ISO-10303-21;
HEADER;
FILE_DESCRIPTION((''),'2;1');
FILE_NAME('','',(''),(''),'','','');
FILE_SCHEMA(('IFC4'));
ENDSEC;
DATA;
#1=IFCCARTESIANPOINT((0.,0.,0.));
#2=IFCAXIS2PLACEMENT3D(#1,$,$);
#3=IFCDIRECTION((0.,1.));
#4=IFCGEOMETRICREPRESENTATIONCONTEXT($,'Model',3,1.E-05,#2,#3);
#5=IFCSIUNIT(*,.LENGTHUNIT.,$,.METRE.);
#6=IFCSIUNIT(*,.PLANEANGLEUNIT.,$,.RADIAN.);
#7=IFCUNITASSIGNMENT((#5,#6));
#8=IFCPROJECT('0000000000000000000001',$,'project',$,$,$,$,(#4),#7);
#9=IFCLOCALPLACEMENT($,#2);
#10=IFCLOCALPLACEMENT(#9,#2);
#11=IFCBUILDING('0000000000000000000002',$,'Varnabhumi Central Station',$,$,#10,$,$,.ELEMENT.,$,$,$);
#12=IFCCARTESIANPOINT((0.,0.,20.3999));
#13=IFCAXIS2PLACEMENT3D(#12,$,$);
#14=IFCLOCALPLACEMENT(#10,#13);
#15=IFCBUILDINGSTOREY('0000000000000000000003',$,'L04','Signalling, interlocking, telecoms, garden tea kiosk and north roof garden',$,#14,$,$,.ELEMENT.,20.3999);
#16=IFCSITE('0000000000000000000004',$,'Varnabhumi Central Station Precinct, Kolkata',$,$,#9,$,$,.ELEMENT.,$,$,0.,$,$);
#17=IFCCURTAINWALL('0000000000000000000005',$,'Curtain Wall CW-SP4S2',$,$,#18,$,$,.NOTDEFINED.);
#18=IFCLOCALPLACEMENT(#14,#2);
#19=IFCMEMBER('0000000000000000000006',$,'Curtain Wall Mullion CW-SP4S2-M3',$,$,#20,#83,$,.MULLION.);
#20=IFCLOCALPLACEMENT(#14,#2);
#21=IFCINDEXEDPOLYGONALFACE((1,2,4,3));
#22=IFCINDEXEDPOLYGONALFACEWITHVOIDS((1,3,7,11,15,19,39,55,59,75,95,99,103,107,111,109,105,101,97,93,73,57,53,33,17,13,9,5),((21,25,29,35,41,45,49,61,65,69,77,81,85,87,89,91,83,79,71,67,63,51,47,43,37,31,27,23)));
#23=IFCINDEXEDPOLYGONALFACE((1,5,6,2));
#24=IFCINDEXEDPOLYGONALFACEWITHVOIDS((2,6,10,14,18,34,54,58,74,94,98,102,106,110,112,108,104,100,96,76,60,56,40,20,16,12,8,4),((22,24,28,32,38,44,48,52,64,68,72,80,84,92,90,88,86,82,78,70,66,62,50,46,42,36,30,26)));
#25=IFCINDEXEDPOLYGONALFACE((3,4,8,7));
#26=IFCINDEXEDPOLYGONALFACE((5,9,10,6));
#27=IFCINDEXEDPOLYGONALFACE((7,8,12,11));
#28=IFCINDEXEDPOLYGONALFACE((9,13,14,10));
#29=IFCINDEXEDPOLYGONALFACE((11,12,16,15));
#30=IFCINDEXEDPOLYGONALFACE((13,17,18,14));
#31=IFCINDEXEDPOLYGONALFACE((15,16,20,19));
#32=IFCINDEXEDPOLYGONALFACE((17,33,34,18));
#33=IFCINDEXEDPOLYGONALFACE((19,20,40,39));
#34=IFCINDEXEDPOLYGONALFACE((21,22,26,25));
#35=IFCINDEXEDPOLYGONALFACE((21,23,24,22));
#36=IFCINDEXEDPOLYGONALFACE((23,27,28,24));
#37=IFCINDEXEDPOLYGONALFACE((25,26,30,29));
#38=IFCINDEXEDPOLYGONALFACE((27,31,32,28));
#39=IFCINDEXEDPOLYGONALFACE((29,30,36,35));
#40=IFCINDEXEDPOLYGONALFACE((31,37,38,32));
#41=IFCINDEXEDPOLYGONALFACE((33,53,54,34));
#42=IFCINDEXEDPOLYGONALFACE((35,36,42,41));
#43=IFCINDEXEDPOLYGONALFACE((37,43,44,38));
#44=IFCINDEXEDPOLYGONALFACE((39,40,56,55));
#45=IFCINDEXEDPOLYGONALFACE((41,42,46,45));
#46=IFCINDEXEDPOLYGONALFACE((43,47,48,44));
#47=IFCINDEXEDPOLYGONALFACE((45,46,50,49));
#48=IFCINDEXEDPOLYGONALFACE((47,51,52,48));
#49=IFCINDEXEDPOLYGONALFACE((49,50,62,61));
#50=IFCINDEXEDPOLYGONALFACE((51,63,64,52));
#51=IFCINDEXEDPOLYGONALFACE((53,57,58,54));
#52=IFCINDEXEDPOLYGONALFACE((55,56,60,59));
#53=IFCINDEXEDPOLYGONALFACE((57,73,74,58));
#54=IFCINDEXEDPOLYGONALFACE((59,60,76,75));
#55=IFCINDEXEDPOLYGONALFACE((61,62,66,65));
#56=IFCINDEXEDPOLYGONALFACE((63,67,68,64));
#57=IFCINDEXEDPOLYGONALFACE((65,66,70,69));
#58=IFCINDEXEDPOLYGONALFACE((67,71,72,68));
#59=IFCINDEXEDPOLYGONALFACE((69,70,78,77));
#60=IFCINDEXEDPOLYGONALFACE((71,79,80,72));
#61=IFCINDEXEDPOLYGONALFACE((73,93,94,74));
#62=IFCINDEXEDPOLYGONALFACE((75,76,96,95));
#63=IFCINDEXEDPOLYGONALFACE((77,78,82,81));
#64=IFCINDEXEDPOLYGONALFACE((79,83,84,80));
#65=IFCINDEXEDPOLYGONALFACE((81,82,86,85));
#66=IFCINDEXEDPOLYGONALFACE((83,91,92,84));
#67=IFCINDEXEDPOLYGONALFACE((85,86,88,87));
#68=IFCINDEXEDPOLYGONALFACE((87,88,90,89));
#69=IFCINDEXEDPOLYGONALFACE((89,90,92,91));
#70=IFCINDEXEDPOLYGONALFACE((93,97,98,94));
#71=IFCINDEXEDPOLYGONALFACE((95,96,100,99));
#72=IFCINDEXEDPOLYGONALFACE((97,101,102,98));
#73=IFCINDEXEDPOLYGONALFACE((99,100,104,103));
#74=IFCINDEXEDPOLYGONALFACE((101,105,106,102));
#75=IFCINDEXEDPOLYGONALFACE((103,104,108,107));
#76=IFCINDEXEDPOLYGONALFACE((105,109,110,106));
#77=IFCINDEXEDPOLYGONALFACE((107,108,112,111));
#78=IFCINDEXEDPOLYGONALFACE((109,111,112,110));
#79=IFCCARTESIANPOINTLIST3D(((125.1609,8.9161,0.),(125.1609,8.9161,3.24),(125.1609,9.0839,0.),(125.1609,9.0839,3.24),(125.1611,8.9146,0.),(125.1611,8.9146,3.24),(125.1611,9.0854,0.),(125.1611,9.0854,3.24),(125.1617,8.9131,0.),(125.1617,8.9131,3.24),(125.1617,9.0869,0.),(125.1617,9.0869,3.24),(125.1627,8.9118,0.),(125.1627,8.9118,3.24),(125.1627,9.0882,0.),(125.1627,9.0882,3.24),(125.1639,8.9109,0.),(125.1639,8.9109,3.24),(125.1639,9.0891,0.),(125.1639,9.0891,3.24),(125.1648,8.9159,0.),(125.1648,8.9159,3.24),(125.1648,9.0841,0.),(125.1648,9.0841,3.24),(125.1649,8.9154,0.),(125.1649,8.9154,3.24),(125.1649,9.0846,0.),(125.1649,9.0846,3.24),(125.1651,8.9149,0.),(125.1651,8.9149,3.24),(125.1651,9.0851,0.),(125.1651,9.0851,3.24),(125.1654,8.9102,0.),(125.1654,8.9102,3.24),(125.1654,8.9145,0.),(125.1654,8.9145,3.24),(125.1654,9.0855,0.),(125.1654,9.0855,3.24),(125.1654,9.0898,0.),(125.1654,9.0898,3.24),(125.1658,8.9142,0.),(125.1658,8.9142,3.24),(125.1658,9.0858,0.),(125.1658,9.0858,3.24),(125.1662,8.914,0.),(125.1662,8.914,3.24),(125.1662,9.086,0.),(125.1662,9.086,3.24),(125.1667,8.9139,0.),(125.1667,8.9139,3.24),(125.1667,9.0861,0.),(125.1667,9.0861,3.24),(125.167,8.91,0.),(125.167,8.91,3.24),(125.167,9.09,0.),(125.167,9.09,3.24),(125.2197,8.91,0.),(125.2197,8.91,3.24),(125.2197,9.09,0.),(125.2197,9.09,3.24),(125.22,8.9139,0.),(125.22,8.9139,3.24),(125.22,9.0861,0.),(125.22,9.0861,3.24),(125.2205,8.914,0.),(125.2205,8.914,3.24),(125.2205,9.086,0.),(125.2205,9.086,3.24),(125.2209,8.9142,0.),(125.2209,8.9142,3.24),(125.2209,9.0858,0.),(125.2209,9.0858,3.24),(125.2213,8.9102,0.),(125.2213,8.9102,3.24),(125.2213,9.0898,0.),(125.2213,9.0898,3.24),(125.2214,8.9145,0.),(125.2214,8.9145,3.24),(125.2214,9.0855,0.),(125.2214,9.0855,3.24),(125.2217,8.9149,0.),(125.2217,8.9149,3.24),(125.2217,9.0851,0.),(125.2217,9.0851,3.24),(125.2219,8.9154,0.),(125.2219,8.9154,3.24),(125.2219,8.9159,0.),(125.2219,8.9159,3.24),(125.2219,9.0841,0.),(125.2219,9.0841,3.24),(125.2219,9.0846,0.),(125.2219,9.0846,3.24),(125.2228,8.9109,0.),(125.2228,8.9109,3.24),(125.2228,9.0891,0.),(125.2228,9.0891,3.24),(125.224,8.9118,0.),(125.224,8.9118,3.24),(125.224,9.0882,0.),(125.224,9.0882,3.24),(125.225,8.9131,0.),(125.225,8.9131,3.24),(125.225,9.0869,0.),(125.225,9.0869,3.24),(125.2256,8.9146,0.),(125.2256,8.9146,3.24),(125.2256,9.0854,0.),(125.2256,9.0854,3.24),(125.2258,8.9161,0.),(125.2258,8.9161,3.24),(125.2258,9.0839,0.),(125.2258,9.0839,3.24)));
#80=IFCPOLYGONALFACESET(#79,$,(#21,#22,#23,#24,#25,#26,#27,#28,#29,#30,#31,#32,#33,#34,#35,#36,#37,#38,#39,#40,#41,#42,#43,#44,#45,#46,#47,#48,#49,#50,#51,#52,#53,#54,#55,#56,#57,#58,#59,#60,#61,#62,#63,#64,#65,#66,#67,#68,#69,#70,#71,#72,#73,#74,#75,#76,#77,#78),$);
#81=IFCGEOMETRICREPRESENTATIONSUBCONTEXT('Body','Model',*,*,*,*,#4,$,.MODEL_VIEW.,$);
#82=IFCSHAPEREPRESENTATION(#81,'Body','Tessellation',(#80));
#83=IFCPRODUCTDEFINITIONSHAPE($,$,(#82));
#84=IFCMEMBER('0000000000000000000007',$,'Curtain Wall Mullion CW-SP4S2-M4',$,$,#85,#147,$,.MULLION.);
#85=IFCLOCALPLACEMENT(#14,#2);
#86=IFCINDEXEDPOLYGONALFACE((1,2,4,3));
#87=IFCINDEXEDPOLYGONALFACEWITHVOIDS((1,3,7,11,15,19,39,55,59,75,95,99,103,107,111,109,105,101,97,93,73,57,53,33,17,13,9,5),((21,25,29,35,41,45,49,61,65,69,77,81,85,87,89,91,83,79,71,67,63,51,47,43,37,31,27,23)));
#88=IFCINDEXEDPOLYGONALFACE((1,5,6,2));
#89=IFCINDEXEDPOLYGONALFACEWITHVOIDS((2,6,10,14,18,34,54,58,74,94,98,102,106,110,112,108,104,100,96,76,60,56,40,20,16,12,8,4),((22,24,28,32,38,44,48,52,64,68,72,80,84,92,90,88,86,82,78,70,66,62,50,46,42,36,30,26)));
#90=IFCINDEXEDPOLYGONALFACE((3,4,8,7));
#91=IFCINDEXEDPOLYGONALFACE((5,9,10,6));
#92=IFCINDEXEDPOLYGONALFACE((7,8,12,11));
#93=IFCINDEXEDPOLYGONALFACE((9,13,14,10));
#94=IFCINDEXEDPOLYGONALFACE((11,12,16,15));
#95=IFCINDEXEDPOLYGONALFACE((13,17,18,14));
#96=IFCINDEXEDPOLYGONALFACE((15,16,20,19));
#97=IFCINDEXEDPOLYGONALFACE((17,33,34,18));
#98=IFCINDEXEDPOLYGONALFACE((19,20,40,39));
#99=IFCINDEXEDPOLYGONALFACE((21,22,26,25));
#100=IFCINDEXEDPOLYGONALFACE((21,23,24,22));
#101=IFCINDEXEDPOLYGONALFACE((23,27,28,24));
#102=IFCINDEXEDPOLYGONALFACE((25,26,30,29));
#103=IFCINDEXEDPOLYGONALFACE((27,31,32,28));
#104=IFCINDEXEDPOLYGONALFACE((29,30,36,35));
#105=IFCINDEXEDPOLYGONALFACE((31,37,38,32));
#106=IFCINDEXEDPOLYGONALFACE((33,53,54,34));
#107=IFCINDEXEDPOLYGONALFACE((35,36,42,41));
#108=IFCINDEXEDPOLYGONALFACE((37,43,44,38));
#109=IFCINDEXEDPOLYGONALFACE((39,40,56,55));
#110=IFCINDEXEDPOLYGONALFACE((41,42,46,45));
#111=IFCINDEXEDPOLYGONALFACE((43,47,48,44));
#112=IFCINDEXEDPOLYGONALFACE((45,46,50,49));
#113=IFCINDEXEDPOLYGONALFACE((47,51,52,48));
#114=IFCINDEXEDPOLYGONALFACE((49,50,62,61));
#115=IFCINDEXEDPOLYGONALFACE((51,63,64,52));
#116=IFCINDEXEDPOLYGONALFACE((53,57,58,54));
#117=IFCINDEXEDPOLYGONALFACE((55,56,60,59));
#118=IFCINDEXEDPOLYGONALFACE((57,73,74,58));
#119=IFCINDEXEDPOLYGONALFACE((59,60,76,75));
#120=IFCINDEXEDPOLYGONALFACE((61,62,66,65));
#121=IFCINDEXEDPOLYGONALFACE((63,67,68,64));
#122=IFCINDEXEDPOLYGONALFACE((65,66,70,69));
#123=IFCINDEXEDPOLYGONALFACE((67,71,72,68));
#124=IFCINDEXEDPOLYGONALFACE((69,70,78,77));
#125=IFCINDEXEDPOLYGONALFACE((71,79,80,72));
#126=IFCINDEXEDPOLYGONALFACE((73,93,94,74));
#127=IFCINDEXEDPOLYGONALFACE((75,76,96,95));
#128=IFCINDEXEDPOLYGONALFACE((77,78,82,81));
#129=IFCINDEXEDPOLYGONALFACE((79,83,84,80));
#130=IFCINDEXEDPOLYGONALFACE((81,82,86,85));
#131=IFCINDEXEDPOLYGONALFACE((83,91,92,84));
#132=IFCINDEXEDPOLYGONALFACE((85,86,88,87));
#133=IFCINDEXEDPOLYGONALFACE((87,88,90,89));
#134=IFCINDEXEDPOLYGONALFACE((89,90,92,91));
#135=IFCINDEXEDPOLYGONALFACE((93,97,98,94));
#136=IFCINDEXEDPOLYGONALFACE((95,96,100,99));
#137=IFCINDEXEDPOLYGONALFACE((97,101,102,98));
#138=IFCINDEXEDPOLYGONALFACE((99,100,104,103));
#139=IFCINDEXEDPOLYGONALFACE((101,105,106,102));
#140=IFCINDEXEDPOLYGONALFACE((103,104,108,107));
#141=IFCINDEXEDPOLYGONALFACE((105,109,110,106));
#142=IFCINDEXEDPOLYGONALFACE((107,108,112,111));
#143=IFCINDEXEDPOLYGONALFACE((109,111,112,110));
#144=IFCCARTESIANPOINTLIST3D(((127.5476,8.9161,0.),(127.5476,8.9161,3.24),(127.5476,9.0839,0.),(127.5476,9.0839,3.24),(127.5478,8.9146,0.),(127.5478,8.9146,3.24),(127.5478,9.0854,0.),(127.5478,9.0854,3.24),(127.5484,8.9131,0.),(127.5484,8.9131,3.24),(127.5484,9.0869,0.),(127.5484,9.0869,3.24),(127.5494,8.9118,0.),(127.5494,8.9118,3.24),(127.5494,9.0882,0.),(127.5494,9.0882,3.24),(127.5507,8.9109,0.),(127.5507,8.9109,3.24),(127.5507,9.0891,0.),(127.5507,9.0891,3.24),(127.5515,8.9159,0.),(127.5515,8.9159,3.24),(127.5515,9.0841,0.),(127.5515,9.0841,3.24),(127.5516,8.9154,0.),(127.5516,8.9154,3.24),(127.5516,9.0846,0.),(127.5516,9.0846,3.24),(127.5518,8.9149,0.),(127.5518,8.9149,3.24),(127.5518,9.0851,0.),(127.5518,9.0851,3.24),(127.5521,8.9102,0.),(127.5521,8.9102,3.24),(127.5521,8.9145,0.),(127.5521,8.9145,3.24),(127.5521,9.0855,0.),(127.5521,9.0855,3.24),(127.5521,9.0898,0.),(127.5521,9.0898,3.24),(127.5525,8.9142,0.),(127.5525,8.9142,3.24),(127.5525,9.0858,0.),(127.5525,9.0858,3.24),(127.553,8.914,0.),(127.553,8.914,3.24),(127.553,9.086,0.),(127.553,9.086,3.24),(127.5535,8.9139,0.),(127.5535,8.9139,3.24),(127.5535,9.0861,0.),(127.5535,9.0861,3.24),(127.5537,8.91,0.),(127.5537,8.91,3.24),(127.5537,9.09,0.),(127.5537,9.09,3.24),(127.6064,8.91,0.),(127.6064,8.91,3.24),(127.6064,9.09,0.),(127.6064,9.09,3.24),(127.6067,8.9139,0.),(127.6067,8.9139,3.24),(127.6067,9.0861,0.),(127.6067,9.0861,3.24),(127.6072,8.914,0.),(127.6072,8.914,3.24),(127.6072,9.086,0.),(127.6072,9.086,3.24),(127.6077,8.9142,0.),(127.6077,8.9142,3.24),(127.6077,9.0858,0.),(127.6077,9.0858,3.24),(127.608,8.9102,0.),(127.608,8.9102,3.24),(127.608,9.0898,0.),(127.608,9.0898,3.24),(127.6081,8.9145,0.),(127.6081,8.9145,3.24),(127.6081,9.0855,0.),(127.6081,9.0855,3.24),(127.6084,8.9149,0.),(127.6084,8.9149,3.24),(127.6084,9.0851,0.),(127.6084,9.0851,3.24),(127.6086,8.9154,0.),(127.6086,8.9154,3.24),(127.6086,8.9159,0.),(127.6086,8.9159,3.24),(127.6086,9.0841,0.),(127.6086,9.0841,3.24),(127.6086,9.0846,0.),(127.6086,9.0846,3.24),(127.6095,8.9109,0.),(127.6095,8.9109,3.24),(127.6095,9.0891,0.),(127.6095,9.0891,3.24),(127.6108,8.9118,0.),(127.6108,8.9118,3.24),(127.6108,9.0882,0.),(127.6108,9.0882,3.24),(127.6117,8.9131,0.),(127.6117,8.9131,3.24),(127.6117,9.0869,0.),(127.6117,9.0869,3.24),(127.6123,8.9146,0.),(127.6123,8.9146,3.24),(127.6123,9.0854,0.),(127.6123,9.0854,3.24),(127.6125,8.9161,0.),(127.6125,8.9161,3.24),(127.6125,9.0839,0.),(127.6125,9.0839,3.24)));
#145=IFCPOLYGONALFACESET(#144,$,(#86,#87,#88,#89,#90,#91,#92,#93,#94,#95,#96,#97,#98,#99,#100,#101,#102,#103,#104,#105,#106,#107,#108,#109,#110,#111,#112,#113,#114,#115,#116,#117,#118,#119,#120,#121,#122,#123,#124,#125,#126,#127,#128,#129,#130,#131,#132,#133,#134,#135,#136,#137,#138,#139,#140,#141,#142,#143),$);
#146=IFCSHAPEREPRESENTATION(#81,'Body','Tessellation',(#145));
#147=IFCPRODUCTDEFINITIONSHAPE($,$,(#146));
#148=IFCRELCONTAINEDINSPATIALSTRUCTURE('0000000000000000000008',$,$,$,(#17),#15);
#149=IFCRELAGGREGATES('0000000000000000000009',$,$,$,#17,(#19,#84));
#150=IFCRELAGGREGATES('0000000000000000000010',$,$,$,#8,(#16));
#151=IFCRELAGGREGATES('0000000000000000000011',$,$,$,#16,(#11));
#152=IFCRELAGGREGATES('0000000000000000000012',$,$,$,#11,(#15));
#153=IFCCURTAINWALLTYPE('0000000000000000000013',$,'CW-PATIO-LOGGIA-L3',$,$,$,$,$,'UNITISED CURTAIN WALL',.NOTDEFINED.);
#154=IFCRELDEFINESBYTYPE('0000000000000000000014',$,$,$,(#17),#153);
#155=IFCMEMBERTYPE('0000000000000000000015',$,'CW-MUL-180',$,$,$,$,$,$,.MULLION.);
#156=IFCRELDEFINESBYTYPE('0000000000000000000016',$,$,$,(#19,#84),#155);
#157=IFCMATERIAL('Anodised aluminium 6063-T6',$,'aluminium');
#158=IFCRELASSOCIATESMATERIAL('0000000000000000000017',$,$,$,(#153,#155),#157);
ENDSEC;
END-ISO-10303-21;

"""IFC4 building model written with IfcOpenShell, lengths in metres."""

from ifc_helpers import new_model, si_unit, direction, frame, origin, origin_2d, place, context, subcontext, project, spatial, hollow_rectangle, extrude, material, material_profile, profile_set, type_object, element, aggregate, save


model = new_model("IFC4")

# Units and contexts
model_context = context("Model", 3, precision=1e-05, world=origin(), true_north=direction((0.0, 1.0)))
body_context = subcontext(model_context, "Body", "Model", "MODEL_VIEW")
ifc_project = project(units=[si_unit("LENGTHUNIT", "METRE"), si_unit("PLANEANGLEUNIT", "RADIAN")], contexts=[model_context])

# Site, building, storey
site_placement = place(None, origin())
site = spatial("IfcSite", under=ifc_project, at=site_placement, Name="Varnabhumi Central Station Precinct, Kolkata", CompositionType="ELEMENT", RefElevation=0.0)
building_placement = place(site_placement, origin())
building = spatial("IfcBuilding", under=site, at=building_placement, Name="Varnabhumi Central Station", CompositionType="ELEMENT")
storey_placement = place(building_placement, frame((0.0, 0.0, 20.3999)))
storey = spatial("IfcBuildingStorey", under=building, at=storey_placement, Name="L04", Description="Signalling, interlocking, telecoms, garden tea kiosk and north roof garden", CompositionType="ELEMENT", Elevation=20.3999)

# Curtain wall, members
ifc_material_1 = material(Name="Anodised aluminium 6063-T6", Category="aluminium")
curtain_wall_type = type_object("IfcCurtainWallType", Name="CW-PATIO-LOGGIA-L3", ElementType="UNITISED CURTAIN WALL", PredefinedType="NOTDEFINED", material=ifc_material_1)
curtain_wall_1_placement = place(storey_placement, origin())
curtain_wall_1 = element("IfcCurtainWall", 1, at=curtain_wall_1_placement, inside=storey, type_object=curtain_wall_type, Name="Curtain Wall CW-SP4S2", PredefinedType="NOTDEFINED")
ifc_material_profile_1 = material_profile(ifc_material_1, hollow_rectangle(XDim=0.0649, YDim=0.1799, WallThickness=0.0039, InnerFilletRadius=0.002, OuterFilletRadius=0.0061, at=origin_2d()), Name="Anodised aluminium 6063-T6", Category="aluminium")
ifc_profile_set_1 = profile_set([ifc_material_profile_1], Name="Anodised aluminium 6063-T6")
member_type_1 = type_object("IfcMemberType", Name="CW-MUL-180", PredefinedType="MULLION", material=ifc_profile_set_1)
member_1_placement = place(storey_placement, frame((125.1934, 9.0, 0.0), z_axis=(0.0, 0.0, 1.0), x_axis=(1.0, 0.0, 0.0)))
member_1 = element("IfcMember", 2, at=member_1_placement, type_object=member_type_1, Name="Curtain Wall Mullion CW-SP4S2-M3", PredefinedType="MULLION", context=body_context, shape_type="SweptSolid", body=[
    extrude(hollow_rectangle(XDim=0.0649, YDim=0.1799, WallThickness=0.0039, InnerFilletRadius=0.002, OuterFilletRadius=0.0061, at=origin_2d()), origin(), (0.0, 0.0, 1.0), 3.24),
])
member_2_placement = place(storey_placement, frame((127.5801, 9.0, 0.0), z_axis=(0.0, 0.0, 1.0), x_axis=(1.0, 0.0, 0.0)))
member_2 = element("IfcMember", 3, at=member_2_placement, type_object=member_type_1, Name="Curtain Wall Mullion CW-SP4S2-M4", PredefinedType="MULLION", context=body_context, shape_type="SweptSolid", body=[
    extrude(hollow_rectangle(XDim=0.0649, YDim=0.1799, WallThickness=0.0039, InnerFilletRadius=0.002, OuterFilletRadius=0.0061, at=origin_2d()), origin(), (0.0, 0.0, 1.0), 3.24),
])

aggregate(curtain_wall_1, [member_1, member_2])

save(model, "model.ifc")
